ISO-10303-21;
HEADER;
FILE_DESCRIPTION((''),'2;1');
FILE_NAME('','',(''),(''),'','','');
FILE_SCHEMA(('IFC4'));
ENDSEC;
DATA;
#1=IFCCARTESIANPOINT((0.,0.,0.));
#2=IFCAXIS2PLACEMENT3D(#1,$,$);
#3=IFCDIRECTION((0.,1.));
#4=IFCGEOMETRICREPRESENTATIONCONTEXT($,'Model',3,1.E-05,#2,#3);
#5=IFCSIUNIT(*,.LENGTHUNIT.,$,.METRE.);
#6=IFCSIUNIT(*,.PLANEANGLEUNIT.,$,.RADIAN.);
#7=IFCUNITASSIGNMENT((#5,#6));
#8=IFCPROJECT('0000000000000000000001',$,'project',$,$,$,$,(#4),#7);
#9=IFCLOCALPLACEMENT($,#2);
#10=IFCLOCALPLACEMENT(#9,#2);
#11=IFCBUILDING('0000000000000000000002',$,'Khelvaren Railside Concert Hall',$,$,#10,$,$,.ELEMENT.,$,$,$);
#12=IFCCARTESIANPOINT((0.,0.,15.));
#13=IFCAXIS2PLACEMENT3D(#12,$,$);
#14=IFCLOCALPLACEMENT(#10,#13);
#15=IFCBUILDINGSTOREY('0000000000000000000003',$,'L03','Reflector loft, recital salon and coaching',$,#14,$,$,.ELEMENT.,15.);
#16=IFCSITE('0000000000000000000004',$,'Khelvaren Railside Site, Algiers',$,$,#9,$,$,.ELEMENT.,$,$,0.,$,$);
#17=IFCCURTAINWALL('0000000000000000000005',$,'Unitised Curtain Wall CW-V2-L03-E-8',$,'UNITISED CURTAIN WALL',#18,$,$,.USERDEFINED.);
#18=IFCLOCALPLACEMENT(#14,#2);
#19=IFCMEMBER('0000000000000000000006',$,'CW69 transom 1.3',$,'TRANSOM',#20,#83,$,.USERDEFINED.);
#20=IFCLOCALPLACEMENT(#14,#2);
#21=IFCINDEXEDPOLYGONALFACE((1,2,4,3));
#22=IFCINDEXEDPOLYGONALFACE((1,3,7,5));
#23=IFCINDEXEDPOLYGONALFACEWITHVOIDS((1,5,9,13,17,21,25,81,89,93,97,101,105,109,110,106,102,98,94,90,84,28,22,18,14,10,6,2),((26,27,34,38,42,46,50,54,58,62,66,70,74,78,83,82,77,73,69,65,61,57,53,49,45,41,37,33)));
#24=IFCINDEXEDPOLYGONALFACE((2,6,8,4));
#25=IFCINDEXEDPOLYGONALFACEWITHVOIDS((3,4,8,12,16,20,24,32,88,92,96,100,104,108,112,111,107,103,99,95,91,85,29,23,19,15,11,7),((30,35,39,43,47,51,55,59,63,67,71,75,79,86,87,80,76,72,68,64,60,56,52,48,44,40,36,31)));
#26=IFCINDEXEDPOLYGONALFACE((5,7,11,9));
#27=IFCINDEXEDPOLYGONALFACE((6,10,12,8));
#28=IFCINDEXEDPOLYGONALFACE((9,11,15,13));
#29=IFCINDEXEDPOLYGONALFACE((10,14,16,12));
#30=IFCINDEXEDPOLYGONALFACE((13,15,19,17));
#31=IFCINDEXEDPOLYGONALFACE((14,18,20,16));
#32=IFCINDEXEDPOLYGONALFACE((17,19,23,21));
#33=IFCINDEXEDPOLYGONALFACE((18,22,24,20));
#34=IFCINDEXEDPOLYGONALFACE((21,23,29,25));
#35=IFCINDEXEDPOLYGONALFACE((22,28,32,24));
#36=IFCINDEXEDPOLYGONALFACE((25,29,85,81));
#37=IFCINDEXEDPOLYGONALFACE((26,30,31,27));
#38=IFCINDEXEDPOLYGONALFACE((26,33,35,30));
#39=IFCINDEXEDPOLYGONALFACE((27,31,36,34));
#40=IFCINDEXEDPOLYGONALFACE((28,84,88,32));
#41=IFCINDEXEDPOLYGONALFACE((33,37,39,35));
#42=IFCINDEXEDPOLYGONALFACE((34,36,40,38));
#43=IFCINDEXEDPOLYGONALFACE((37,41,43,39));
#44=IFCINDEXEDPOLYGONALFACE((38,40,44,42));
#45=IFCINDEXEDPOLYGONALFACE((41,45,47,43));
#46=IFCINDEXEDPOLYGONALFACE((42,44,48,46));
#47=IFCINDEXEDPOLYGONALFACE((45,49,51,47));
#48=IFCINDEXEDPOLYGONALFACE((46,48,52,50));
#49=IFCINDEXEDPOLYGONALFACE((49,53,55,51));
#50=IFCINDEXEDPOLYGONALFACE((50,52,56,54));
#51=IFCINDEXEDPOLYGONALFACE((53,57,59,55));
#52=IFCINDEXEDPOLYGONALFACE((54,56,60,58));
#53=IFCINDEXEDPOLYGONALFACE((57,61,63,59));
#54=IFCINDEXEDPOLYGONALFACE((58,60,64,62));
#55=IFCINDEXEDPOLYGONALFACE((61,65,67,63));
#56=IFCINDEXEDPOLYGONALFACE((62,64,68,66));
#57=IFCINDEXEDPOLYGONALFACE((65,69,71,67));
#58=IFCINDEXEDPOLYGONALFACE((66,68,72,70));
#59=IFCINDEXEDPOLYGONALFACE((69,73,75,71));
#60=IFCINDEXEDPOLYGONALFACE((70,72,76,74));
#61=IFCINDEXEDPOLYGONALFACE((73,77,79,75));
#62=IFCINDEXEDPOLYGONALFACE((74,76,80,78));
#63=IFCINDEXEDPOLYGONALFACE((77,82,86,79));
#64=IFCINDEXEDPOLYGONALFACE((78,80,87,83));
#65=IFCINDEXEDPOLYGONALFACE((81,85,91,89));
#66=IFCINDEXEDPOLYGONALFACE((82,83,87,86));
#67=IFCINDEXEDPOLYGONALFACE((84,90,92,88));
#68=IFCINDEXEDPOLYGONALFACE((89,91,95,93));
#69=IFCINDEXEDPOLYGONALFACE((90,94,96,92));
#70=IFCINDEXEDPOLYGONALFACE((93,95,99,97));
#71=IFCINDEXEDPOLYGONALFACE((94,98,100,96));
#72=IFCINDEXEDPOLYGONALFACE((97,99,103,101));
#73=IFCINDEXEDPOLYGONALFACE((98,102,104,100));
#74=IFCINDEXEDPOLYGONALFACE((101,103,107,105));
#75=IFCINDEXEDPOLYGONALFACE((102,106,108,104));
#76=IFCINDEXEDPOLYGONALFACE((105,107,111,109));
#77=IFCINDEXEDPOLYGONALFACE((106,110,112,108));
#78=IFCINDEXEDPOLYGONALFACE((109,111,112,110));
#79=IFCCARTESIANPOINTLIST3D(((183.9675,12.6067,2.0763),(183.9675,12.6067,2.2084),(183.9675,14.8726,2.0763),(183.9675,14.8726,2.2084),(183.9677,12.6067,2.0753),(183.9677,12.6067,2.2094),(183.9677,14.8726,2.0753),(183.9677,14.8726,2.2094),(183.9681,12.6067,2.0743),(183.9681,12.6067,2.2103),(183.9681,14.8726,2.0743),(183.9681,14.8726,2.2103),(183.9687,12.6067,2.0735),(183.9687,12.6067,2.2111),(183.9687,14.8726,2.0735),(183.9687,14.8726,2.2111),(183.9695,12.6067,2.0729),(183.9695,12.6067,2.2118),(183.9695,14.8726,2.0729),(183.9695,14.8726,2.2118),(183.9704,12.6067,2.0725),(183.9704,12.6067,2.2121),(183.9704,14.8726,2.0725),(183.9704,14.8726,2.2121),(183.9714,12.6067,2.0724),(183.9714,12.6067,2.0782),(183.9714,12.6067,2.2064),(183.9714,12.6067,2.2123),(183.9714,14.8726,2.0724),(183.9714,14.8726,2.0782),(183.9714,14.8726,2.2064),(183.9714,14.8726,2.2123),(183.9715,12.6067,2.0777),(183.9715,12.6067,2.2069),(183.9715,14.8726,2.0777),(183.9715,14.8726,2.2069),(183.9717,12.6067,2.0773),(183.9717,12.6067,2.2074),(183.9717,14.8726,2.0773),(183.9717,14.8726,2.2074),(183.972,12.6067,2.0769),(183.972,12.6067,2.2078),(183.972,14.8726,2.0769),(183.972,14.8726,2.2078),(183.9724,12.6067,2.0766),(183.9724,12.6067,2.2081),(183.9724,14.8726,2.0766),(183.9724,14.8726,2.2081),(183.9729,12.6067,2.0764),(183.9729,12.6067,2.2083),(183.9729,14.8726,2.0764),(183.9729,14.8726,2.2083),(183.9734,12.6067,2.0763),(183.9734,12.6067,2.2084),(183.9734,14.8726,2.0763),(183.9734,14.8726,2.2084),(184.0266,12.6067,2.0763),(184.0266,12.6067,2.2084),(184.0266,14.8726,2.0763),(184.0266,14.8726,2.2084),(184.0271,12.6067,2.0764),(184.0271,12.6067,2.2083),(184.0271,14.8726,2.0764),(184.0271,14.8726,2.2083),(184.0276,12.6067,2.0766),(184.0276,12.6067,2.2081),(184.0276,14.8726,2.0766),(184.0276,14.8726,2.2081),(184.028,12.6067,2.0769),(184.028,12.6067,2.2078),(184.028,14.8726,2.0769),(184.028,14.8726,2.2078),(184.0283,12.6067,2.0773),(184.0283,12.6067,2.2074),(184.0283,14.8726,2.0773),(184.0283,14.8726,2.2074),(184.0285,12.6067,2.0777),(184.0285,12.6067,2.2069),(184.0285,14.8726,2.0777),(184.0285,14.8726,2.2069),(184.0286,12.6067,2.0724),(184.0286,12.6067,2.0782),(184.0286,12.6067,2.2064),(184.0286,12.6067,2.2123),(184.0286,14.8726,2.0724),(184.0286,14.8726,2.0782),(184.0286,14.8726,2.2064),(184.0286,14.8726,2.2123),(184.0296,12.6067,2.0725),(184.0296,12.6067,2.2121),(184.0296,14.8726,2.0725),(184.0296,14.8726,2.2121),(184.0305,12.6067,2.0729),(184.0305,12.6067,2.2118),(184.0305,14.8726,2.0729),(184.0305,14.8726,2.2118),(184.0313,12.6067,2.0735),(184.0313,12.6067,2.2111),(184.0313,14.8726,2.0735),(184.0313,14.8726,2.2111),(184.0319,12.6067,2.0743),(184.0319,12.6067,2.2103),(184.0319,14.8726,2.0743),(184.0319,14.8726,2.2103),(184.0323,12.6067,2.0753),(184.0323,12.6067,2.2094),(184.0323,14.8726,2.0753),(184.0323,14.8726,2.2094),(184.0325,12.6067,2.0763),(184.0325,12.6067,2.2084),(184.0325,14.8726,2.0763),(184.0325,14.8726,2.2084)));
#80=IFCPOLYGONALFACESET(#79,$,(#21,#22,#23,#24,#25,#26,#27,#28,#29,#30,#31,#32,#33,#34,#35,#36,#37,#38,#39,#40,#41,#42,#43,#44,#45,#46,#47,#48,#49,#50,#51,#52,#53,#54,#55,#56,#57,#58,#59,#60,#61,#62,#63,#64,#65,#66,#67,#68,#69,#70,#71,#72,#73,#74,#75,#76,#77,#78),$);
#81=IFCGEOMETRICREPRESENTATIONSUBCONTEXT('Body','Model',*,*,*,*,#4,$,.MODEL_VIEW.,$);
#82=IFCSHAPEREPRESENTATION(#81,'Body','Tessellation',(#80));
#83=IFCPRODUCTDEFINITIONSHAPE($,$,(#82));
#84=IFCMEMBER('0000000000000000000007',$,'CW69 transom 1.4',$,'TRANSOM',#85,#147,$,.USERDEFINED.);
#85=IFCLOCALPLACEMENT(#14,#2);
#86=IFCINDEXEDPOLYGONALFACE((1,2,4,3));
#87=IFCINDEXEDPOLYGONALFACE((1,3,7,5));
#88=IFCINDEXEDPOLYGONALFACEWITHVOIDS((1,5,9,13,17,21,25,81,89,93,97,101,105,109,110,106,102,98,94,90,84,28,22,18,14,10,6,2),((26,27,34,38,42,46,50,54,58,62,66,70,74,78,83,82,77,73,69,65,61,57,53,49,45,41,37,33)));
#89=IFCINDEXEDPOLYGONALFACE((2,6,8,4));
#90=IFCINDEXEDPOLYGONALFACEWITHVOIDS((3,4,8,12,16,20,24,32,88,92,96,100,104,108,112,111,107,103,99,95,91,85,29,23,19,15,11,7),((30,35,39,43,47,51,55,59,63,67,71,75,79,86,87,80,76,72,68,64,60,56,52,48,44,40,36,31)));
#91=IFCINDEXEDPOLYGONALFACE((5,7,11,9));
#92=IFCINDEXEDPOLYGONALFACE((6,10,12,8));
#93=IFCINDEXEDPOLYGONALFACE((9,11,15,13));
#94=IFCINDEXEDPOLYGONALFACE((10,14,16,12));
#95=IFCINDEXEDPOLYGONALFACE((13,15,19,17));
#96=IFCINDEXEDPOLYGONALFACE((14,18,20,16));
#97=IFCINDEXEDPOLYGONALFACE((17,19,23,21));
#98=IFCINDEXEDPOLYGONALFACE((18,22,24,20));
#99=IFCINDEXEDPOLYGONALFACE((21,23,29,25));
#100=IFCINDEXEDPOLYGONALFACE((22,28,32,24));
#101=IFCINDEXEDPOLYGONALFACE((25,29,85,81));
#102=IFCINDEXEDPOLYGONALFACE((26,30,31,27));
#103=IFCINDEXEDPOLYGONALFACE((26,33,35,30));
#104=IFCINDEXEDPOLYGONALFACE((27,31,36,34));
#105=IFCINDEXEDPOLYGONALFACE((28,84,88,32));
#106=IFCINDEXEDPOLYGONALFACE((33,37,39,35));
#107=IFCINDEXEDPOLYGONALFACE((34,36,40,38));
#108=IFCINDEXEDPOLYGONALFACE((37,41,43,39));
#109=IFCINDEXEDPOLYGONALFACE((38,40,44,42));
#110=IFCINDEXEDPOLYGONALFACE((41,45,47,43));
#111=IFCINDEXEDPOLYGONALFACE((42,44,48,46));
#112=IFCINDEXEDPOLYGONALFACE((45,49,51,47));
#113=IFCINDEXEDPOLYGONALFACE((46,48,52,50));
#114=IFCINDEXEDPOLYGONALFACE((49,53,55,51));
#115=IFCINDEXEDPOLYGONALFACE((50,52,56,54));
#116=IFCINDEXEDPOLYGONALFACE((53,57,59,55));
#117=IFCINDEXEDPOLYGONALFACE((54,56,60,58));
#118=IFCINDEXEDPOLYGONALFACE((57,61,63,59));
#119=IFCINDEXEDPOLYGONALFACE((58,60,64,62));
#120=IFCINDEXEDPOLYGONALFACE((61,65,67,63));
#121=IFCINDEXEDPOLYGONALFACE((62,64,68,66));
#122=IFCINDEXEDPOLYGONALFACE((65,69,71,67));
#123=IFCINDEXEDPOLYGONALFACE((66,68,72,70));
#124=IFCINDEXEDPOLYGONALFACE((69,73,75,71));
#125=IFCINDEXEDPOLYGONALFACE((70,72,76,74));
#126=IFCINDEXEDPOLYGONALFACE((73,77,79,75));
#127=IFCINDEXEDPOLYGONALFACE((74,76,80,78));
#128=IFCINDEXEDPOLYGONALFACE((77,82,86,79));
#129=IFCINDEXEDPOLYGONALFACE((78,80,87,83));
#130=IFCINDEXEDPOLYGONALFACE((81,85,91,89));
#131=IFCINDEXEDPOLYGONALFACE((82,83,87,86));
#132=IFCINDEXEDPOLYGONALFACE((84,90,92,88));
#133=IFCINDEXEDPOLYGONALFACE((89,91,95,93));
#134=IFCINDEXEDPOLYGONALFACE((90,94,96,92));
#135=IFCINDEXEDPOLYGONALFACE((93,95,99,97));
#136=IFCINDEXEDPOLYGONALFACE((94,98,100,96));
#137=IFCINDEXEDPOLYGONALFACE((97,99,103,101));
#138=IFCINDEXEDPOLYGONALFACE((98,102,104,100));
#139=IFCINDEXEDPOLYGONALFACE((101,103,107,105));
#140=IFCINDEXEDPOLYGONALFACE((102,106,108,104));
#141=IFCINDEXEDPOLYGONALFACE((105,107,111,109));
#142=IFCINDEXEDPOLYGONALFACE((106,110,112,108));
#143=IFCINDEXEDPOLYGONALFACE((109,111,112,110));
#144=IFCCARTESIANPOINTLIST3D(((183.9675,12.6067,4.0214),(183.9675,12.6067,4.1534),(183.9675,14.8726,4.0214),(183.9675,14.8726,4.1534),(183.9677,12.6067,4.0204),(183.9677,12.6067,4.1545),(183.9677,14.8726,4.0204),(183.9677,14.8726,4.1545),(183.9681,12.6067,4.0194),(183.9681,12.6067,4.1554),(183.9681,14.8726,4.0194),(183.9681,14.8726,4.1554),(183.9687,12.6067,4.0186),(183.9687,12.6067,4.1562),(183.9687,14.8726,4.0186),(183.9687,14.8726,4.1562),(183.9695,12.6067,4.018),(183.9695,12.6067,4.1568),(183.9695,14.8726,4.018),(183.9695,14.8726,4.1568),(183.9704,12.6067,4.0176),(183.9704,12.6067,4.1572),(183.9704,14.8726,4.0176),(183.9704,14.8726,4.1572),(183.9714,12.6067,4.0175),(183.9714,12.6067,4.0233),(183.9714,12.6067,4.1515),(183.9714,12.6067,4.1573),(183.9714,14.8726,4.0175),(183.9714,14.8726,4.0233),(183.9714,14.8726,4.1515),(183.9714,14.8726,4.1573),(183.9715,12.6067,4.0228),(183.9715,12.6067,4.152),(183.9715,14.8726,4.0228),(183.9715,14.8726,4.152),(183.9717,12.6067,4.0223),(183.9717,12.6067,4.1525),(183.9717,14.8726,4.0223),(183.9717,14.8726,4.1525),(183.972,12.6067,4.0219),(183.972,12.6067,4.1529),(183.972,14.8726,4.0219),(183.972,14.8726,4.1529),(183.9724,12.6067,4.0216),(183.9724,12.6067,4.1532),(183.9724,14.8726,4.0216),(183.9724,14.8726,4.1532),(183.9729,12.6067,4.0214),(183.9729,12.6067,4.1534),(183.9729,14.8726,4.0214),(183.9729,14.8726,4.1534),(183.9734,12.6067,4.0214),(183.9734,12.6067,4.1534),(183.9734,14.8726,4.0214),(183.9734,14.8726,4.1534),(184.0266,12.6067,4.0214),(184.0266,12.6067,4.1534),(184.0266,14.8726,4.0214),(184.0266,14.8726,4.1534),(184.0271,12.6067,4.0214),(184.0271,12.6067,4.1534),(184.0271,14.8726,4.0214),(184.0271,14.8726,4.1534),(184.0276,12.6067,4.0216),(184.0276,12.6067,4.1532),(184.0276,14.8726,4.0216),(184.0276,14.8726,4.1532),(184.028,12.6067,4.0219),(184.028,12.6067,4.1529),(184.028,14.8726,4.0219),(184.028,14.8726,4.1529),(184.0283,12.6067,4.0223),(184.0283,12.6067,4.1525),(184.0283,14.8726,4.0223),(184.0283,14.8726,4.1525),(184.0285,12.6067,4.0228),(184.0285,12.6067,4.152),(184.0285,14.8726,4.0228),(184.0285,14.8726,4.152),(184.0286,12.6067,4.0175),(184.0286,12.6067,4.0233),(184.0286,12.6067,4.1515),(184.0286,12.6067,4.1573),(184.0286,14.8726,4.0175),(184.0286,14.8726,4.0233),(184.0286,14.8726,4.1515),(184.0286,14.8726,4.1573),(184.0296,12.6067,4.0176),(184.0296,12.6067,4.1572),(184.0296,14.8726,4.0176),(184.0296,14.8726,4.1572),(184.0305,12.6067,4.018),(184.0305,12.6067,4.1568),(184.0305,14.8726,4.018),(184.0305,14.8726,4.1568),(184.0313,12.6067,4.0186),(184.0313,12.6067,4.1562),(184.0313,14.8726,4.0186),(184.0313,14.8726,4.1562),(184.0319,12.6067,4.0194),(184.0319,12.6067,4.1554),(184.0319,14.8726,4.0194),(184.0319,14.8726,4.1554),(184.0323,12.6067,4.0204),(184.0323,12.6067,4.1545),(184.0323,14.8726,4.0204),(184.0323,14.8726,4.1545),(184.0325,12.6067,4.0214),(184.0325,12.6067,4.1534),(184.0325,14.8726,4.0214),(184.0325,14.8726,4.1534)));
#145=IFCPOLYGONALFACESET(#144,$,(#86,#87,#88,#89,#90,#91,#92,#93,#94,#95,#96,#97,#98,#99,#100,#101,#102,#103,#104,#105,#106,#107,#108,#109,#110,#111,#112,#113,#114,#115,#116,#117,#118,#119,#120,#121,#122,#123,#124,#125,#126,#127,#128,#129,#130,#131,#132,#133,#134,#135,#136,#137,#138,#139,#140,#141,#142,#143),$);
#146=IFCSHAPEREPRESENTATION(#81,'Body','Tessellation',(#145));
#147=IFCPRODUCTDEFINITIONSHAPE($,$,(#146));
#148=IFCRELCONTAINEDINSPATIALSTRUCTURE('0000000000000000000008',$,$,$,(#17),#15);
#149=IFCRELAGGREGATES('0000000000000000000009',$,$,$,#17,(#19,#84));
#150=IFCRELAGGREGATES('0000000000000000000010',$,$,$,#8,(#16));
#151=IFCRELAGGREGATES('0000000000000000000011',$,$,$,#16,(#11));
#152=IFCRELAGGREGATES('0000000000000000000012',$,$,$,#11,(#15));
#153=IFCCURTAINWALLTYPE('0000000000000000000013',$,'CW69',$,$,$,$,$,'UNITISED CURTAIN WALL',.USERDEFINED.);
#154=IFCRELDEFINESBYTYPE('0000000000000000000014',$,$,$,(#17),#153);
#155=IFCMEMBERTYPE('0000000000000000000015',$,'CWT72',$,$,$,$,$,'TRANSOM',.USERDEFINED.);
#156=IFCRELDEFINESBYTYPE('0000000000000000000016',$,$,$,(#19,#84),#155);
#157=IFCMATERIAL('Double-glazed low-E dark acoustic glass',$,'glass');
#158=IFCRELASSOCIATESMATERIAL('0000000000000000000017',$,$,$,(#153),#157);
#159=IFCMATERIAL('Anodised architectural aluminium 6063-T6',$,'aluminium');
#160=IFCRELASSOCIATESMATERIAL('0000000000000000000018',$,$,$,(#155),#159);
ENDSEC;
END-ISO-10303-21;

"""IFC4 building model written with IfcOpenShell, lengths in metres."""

from ifc_helpers import new_model, si_unit, direction, frame, origin, origin_2d, place, context, subcontext, project, spatial, hollow_rectangle, extrude, material, material_profile, profile_set, type_object, element, aggregate, save


model = new_model("IFC4")

# Units and contexts
model_context = context("Model", 3, precision=1e-05, world=origin(), true_north=direction((0.0, 1.0)))
body_context = subcontext(model_context, "Body", "Model", "MODEL_VIEW")
ifc_project = project(units=[si_unit("LENGTHUNIT", "METRE"), si_unit("PLANEANGLEUNIT", "RADIAN")], contexts=[model_context])

# Site, building, storey
site_placement = place(None, origin())
site = spatial("IfcSite", under=ifc_project, at=site_placement, Name="Khelvaren Railside Site, Algiers", CompositionType="ELEMENT", RefElevation=0.0)
building_placement = place(site_placement, origin())
building = spatial("IfcBuilding", under=site, at=building_placement, Name="Khelvaren Railside Concert Hall", CompositionType="ELEMENT")
storey_placement = place(building_placement, frame((0.0, 0.0, 15.0)))
storey = spatial("IfcBuildingStorey", under=building, at=storey_placement, Name="L03", Description="Reflector loft, recital salon and coaching", CompositionType="ELEMENT", Elevation=15.0)

# Shared definitions
ifc_material_1 = material(Name="Anodised architectural aluminium 6063-T6", Category="aluminium")

# Curtain wall, members
ifc_material_2 = material(Name="Double-glazed low-E dark acoustic glass", Category="glass")
curtain_wall_type_1 = type_object("IfcCurtainWallType", Name="CW69", ElementType="UNITISED CURTAIN WALL", PredefinedType="USERDEFINED", material=ifc_material_2)
curtain_wall_1_placement = place(storey_placement, origin())
curtain_wall_1 = element("IfcCurtainWall", 1, at=curtain_wall_1_placement, inside=storey, type_object=curtain_wall_type_1, Name="Unitised Curtain Wall CW-V2-L03-E-8", ObjectType="UNITISED CURTAIN WALL", PredefinedType="USERDEFINED")
ifc_material_profile_1 = material_profile(ifc_material_1, hollow_rectangle(XDim=0.0649, YDim=0.1399, WallThickness=0.0039, InnerFilletRadius=0.002, OuterFilletRadius=0.0039, at=origin_2d()), Name="CWT 65x140x4")
ifc_profile_set_1 = profile_set([ifc_material_profile_1], Name="Anodised architectural aluminium 6063-T6")
member_type_1 = type_object("IfcMemberType", Name="CWT72", ElementType="TRANSOM", PredefinedType="USERDEFINED", material=ifc_profile_set_1)
member_1_placement = place(storey_placement, frame((184.0, 14.8726, 2.1423), z_axis=(0.0, -1.0, 0.0), x_axis=(1.0, 0.0, 0.0)))
member_1 = element("IfcMember", 2, at=member_1_placement, type_object=member_type_1, Name="CW69 transom 1.3", ObjectType="TRANSOM", PredefinedType="USERDEFINED", context=body_context, shape_type="SweptSolid", body=[
    extrude(hollow_rectangle(XDim=0.0649, YDim=0.1399, WallThickness=0.0039, InnerFilletRadius=0.002, OuterFilletRadius=0.0039, at=origin_2d()), origin(), (0.0, 0.0, 1.0), 2.2659),
])
member_2_placement = place(storey_placement, frame((184.0, 14.8726, 4.0874), z_axis=(0.0, -1.0, 0.0), x_axis=(1.0, 0.0, 0.0)))
member_2 = element("IfcMember", 3, at=member_2_placement, type_object=member_type_1, Name="CW69 transom 1.4", ObjectType="TRANSOM", PredefinedType="USERDEFINED", context=body_context, shape_type="SweptSolid", body=[
    extrude(hollow_rectangle(XDim=0.0649, YDim=0.1399, WallThickness=0.0039, InnerFilletRadius=0.002, OuterFilletRadius=0.0039, at=origin_2d()), origin(), (0.0, 0.0, 1.0), 2.2659),
])
aggregate(curtain_wall_1, [member_1, member_2])

save(model, "model.ifc")
